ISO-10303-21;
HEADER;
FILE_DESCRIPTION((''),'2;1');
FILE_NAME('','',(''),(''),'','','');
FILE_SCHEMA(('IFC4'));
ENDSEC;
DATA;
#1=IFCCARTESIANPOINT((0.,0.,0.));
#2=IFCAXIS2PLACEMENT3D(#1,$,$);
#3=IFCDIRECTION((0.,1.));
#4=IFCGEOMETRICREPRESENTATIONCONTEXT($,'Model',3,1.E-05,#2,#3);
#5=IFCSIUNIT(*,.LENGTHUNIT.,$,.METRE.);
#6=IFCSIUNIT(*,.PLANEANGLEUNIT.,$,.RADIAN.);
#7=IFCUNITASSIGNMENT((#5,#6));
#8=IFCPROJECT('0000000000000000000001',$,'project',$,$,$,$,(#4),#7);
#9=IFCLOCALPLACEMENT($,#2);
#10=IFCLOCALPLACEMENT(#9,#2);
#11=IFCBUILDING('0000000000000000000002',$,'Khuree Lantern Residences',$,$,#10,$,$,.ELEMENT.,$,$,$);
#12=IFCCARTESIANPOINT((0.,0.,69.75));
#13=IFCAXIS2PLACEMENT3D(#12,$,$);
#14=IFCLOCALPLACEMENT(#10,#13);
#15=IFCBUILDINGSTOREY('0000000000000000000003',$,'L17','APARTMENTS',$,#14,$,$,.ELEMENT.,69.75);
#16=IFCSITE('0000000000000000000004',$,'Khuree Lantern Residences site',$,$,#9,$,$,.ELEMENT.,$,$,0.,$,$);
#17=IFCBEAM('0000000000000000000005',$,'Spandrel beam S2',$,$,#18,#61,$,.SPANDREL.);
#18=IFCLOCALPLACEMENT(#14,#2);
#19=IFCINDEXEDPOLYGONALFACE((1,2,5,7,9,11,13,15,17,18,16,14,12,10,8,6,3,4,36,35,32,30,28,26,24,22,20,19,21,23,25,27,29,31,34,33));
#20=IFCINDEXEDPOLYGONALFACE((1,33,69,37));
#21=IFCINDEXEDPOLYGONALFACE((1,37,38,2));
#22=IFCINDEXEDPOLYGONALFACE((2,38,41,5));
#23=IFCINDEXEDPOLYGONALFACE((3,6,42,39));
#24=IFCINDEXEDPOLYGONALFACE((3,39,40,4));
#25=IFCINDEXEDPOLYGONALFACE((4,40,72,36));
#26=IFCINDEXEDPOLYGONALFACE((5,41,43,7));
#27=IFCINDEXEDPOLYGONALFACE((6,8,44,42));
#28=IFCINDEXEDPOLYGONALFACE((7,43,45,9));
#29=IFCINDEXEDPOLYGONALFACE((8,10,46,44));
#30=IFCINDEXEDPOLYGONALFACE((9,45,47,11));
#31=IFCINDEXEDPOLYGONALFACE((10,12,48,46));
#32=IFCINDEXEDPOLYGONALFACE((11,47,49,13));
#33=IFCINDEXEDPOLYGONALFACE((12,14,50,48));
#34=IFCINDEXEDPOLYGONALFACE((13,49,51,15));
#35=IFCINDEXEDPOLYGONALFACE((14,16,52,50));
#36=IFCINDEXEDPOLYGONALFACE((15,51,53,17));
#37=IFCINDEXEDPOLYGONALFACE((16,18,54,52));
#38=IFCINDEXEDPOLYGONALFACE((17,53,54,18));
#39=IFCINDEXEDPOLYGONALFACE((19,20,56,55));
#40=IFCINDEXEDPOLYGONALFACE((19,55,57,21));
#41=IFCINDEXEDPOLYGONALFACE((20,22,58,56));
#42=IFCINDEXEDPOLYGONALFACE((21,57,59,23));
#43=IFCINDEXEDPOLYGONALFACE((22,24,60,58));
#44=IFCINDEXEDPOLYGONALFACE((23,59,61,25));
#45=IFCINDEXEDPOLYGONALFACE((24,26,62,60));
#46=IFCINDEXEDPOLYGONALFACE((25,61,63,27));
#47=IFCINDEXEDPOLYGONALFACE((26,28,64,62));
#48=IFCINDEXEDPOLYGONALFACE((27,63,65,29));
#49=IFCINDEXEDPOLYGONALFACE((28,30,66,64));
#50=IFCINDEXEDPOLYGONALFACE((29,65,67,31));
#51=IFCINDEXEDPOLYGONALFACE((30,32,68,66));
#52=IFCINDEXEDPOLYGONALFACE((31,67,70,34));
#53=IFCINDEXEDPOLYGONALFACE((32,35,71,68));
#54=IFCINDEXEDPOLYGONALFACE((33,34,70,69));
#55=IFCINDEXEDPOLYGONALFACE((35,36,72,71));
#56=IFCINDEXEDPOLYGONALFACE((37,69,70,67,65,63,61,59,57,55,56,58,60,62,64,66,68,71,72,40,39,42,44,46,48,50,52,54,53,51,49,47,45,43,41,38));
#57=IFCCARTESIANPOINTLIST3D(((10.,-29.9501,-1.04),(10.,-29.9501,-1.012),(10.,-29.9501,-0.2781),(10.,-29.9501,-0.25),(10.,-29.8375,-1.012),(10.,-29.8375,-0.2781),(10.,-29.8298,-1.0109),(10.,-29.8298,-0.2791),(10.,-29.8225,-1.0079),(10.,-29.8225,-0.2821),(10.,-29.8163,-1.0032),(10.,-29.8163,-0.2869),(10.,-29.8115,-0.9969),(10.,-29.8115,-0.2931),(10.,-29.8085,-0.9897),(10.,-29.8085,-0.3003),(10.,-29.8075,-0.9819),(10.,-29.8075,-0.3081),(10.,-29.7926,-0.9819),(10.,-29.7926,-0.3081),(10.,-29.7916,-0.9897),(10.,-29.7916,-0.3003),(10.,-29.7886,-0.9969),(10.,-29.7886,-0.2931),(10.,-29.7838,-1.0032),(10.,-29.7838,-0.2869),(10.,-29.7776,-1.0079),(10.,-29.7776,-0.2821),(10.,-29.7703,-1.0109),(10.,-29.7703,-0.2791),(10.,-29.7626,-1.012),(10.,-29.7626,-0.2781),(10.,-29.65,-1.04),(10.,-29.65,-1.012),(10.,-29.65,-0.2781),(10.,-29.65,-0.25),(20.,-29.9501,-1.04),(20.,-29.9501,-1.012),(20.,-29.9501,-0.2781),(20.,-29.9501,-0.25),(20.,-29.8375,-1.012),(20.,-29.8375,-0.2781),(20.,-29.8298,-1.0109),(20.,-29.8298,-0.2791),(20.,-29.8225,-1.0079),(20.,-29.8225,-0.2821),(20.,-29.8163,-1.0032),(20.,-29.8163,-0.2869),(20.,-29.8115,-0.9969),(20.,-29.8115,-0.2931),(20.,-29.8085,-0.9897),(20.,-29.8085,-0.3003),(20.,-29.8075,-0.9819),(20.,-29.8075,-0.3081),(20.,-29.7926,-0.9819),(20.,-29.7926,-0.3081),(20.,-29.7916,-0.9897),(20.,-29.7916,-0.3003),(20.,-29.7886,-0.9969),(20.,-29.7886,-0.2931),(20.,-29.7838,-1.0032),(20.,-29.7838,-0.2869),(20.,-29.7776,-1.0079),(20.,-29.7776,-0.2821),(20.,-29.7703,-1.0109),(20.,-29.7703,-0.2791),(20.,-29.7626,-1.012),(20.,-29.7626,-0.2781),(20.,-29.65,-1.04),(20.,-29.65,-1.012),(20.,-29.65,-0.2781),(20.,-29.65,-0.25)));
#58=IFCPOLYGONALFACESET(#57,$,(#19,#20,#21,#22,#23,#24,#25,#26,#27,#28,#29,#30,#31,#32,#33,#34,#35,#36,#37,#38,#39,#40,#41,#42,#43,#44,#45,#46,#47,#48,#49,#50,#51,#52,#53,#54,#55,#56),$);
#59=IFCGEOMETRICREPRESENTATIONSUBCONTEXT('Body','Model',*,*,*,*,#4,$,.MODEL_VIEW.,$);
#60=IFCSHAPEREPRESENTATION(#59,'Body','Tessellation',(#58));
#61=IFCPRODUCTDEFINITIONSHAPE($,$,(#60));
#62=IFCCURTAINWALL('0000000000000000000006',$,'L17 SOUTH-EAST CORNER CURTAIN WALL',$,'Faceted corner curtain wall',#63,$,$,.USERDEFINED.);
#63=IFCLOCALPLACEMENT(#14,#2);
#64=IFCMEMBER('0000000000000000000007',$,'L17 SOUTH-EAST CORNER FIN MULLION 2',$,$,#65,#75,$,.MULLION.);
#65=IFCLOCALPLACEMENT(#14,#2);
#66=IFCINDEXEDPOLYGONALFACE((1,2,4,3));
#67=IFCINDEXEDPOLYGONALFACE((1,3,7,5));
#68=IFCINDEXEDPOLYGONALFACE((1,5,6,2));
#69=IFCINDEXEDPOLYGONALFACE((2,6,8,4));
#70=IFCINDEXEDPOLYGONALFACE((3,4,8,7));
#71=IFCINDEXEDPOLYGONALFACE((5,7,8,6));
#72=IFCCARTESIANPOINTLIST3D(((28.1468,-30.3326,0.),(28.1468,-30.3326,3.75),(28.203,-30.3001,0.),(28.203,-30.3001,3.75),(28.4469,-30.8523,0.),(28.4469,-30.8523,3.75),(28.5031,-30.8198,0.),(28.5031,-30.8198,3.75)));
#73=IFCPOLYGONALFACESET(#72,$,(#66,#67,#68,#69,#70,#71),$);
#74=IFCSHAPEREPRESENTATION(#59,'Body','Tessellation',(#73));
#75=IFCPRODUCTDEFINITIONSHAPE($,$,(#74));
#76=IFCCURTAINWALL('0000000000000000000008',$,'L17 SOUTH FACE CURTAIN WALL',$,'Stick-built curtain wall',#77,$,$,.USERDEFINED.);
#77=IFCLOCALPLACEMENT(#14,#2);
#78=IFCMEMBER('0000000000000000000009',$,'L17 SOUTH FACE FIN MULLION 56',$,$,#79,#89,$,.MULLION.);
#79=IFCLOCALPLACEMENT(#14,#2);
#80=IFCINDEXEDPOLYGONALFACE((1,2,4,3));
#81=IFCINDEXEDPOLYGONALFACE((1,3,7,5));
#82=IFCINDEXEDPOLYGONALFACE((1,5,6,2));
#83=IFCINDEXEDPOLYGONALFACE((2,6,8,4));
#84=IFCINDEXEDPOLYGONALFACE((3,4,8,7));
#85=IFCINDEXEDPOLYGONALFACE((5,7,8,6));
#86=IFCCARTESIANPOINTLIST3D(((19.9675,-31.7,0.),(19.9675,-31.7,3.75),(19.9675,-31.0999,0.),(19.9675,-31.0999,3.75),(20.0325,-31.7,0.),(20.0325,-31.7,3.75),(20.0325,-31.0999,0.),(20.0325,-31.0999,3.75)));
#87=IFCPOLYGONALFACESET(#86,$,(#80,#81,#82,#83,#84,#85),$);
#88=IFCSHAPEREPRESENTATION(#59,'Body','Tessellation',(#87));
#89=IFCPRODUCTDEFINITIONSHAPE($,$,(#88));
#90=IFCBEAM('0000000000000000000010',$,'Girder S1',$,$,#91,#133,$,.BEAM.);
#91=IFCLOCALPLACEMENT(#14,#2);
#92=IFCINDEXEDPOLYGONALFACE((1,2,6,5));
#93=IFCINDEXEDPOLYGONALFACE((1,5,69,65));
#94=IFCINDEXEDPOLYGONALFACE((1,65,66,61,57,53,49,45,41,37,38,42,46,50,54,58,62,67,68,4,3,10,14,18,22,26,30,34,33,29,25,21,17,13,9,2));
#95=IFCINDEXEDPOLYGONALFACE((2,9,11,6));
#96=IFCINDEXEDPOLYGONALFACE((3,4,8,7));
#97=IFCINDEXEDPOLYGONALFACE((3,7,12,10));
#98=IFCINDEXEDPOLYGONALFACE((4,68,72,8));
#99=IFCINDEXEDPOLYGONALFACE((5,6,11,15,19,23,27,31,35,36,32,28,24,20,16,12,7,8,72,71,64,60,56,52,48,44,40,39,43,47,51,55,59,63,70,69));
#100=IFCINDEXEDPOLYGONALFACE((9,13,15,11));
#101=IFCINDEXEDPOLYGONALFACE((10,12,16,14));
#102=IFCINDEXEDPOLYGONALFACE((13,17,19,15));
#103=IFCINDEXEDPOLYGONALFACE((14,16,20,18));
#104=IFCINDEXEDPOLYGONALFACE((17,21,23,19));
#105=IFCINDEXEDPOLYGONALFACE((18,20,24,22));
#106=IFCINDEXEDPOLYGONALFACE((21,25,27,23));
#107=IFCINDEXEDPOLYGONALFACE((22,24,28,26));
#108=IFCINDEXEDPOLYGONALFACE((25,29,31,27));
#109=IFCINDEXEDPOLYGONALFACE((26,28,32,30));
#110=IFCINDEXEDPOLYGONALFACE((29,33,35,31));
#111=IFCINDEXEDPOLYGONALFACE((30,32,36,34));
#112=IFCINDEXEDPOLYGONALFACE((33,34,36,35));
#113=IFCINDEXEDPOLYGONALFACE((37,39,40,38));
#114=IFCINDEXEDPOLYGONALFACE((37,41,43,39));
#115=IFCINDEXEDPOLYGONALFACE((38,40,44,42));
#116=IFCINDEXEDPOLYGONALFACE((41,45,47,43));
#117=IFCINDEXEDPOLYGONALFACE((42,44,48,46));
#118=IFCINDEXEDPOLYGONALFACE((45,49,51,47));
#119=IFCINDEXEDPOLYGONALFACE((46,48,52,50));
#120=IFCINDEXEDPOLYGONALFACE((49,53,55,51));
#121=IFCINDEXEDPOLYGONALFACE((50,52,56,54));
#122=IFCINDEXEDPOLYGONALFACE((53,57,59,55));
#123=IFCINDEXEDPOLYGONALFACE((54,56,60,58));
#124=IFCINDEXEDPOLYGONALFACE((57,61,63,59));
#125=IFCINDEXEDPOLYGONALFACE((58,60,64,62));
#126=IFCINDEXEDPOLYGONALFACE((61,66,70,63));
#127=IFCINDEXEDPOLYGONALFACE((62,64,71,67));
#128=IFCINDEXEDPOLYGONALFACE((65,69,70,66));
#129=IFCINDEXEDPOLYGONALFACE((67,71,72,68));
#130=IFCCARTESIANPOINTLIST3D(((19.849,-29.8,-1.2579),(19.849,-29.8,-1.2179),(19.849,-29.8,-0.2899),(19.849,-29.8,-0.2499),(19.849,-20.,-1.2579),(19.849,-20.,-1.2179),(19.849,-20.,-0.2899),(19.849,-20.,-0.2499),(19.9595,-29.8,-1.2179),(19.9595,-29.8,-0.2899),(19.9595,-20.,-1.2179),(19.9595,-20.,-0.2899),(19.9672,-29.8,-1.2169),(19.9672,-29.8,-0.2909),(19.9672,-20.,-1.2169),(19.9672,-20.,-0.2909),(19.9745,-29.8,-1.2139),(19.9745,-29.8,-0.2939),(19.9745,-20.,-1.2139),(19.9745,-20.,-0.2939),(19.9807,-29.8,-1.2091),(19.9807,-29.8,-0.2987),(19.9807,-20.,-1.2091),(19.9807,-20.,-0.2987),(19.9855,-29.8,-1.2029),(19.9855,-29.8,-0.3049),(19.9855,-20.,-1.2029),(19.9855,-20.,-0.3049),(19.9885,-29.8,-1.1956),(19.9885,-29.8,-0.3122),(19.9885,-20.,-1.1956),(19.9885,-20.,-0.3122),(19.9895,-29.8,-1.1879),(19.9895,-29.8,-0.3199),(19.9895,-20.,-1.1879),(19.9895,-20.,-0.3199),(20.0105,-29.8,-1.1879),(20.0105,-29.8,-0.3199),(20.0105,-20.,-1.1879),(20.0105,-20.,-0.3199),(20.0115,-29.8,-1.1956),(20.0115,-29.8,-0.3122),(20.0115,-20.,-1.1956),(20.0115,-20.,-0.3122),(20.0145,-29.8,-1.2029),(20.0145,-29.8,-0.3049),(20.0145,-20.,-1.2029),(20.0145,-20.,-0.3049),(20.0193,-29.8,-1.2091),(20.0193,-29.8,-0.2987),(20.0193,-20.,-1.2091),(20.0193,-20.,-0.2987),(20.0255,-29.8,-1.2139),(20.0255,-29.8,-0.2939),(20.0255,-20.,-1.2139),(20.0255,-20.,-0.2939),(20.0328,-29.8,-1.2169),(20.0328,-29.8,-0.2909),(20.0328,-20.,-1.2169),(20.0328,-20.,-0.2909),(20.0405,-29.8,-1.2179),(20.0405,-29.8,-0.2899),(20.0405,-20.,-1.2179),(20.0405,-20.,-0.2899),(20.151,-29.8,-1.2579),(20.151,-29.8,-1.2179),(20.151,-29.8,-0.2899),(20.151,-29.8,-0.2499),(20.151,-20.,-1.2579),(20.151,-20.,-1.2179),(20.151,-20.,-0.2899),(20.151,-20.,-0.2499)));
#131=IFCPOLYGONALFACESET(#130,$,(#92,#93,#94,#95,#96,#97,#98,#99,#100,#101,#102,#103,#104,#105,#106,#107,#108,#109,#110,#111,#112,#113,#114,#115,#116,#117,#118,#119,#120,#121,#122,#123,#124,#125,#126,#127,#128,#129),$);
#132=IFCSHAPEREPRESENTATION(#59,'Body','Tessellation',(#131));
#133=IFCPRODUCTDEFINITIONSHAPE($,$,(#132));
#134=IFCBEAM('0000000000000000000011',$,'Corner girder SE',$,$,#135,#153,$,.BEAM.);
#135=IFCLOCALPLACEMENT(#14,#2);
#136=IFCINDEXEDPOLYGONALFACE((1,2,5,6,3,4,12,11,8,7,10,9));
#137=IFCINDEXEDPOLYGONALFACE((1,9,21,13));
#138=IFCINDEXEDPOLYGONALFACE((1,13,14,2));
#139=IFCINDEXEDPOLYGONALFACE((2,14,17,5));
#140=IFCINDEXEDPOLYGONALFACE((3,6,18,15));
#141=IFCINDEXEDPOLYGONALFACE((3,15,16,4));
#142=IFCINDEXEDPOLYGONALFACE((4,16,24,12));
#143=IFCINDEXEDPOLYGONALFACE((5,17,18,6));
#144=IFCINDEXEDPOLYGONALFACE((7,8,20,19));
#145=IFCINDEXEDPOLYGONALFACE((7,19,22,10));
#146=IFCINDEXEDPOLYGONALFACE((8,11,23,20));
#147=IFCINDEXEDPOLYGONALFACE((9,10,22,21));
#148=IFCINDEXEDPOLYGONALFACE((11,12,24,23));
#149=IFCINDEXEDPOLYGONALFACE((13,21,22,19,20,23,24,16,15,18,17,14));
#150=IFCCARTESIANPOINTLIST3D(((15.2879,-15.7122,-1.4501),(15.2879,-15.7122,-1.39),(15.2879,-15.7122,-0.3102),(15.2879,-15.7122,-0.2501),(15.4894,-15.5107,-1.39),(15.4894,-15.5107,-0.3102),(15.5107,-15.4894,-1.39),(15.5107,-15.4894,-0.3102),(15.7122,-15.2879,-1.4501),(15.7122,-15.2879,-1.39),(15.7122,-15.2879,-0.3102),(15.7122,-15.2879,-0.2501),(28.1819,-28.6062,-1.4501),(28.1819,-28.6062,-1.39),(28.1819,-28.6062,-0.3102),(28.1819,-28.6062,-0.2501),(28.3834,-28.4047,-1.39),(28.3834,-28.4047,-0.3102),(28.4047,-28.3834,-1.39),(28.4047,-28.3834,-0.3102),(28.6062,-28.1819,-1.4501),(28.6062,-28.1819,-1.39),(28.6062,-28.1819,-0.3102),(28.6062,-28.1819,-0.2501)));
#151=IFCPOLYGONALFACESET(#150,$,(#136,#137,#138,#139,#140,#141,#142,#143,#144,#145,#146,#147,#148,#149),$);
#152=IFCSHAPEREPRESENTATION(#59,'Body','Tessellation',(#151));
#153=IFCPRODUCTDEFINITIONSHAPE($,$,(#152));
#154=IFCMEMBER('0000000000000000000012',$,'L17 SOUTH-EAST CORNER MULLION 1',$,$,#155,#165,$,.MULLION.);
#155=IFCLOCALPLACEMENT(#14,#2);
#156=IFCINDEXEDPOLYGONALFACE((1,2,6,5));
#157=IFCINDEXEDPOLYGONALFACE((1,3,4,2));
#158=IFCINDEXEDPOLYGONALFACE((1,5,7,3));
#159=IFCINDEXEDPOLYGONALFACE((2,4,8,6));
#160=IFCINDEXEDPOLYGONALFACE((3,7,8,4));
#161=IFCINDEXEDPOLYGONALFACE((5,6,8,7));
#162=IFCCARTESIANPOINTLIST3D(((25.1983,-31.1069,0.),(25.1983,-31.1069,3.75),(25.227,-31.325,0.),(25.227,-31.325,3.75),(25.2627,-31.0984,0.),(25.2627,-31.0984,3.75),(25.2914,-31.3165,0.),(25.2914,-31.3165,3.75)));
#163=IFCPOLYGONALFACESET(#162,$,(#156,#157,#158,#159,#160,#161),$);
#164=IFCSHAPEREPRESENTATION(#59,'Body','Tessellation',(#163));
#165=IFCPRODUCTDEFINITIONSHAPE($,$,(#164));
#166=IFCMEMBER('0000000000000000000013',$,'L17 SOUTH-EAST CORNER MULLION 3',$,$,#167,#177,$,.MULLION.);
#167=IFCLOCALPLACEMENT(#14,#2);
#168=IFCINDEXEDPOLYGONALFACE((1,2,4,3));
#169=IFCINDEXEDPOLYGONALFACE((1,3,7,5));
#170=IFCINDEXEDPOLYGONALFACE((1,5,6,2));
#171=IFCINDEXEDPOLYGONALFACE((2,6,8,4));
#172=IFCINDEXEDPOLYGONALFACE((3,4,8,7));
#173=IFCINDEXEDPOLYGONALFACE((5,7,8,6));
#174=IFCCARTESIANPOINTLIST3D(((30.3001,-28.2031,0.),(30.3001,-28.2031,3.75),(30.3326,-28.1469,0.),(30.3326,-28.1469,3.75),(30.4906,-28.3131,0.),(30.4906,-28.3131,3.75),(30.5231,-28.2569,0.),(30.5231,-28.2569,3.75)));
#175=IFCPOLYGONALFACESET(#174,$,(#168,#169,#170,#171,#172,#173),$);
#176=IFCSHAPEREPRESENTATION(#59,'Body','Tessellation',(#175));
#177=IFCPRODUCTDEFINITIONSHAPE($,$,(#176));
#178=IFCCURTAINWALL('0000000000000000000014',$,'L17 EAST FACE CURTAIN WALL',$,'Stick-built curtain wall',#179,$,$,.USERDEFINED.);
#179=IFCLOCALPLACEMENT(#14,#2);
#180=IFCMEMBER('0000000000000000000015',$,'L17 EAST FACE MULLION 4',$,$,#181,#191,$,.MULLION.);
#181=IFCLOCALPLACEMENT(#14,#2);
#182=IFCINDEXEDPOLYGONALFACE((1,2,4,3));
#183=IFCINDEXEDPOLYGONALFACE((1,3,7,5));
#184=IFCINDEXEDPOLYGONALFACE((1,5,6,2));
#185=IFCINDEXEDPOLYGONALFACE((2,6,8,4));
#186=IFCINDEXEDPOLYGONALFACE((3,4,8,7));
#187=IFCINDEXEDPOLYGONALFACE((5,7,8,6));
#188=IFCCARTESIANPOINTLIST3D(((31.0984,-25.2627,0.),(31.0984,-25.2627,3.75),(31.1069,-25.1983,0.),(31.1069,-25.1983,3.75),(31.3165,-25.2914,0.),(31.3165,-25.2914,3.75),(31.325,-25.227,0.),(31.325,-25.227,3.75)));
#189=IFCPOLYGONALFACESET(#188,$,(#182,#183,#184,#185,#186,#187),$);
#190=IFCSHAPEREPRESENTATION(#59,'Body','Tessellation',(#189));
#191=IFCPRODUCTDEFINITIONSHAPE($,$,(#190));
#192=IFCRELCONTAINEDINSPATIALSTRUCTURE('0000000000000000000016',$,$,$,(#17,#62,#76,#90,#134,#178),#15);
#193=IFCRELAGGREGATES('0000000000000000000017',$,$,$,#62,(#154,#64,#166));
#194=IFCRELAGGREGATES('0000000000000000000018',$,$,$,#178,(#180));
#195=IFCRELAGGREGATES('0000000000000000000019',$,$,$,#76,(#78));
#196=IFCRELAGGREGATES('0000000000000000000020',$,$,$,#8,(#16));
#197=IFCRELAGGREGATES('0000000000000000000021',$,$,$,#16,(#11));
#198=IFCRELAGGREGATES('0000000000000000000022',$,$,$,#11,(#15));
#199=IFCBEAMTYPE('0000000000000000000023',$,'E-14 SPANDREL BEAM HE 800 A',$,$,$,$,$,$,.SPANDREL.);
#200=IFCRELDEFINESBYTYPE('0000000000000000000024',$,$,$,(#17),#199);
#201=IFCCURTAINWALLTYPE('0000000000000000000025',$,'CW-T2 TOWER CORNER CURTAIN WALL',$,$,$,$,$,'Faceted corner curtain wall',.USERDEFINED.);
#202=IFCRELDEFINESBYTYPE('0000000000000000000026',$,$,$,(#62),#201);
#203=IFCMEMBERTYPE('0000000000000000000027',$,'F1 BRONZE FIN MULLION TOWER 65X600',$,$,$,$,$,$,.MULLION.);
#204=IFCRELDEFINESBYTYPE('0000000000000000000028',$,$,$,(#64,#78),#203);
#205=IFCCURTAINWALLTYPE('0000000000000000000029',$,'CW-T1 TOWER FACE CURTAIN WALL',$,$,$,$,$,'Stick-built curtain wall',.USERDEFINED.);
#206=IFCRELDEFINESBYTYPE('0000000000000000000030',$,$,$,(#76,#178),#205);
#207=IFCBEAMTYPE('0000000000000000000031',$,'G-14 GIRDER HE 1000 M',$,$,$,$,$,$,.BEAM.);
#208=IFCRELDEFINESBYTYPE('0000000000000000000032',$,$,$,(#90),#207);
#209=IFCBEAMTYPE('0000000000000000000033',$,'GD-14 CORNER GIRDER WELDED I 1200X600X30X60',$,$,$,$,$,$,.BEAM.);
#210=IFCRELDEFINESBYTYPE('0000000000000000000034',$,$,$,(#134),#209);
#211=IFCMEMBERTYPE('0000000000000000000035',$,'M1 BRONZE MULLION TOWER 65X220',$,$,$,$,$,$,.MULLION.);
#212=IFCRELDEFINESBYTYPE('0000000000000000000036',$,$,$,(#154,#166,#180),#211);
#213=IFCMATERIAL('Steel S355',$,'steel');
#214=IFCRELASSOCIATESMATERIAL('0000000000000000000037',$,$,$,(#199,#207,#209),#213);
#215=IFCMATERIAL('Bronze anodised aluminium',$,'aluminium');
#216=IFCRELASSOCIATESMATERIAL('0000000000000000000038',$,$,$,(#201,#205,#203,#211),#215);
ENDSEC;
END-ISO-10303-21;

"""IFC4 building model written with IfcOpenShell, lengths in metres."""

from ifc_helpers import new_model, si_unit, direction, frame, origin, origin_2d, place, context, subcontext, project, spatial, rectangle, i_section, extrude, material, material_profile, profile_set, type_object, element, aggregate, save


model = new_model("IFC4")

# Units and contexts
model_context = context("Model", 3, precision=1e-05, world=origin(), true_north=direction((0.0, 1.0)))
body_context = subcontext(model_context, "Body", "Model", "MODEL_VIEW")
ifc_project = project(units=[si_unit("LENGTHUNIT", "METRE"), si_unit("PLANEANGLEUNIT", "RADIAN")], contexts=[model_context])

# Site, building, storey
site_placement = place(None, origin())
site = spatial("IfcSite", under=ifc_project, at=site_placement, Name="Khuree Lantern Residences site", CompositionType="ELEMENT", RefElevation=0.0)
building_placement = place(site_placement, origin())
building = spatial("IfcBuilding", under=site, at=building_placement, Name="Khuree Lantern Residences", CompositionType="ELEMENT")
storey_placement = place(building_placement, frame((0.0, 0.0, 69.75)))
storey = spatial("IfcBuildingStorey", under=building, at=storey_placement, Name="L17", Description="APARTMENTS", CompositionType="ELEMENT", Elevation=69.75)

# Beam
ifc_material_1 = material(Name="Steel S355", Category="steel")
ifc_material_profile_1 = material_profile(ifc_material_1, i_section(OverallWidth=0.3, OverallDepth=0.79, WebThickness=0.0149, FlangeThickness=0.0281, FilletRadius=0.03, at=origin_2d()), Name="HE 800 A")
ifc_profile_set_1 = profile_set([ifc_material_profile_1], Name="Steel S355")
beam_type_1 = type_object("IfcBeamType", Name="E-14 SPANDREL BEAM HE 800 A", PredefinedType="SPANDREL", material=ifc_profile_set_1)
beam_1_placement = place(storey_placement, frame((20.0, -29.8, -0.645), z_axis=(-1.0, 0.0, 0.0), x_axis=(0.0, -1.0, 0.0)))
element("IfcBeam", 1, at=beam_1_placement, inside=storey, type_object=beam_type_1, Name="Spandrel beam S2", PredefinedType="SPANDREL", context=body_context, shape_type="SweptSolid", body=[
    extrude(i_section(OverallWidth=0.3, OverallDepth=0.79, WebThickness=0.0149, FlangeThickness=0.0281, FilletRadius=0.03, at=origin_2d()), origin(), (0.0, 0.0, 1.0), 10.0),
])

# Curtain walls, members
ifc_material_2 = material(Name="Bronze anodised aluminium", Category="aluminium")
curtain_wall_type_1 = type_object("IfcCurtainWallType", Name="CW-T2 TOWER CORNER CURTAIN WALL", ElementType="Faceted corner curtain wall", PredefinedType="USERDEFINED", material=ifc_material_2)
curtain_wall_1_placement = place(storey_placement, origin())
curtain_wall_1 = element("IfcCurtainWall", 2, at=curtain_wall_1_placement, inside=storey, type_object=curtain_wall_type_1, Name="L17 SOUTH-EAST CORNER CURTAIN WALL", ObjectType="Faceted corner curtain wall", PredefinedType="USERDEFINED")
ifc_material_profile_2 = material_profile(ifc_material_2, rectangle(XDim=0.0649, YDim=0.6001, at=origin_2d()), Name="F1 65X600")
ifc_profile_set_2 = profile_set([ifc_material_profile_2], Name="Bronze anodised aluminium")
member_type_1 = type_object("IfcMemberType", Name="F1 BRONZE FIN MULLION TOWER 65X600", PredefinedType="MULLION", material=ifc_profile_set_2)
member_1_placement = place(storey_placement, frame((28.325, -30.5762, 0.0), z_axis=(0.0, 0.0, 1.0), x_axis=(0.866025, 0.5, 0.0)))
member_1 = element("IfcMember", 3, at=member_1_placement, type_object=member_type_1, Name="L17 SOUTH-EAST CORNER FIN MULLION 2", PredefinedType="MULLION", context=body_context, shape_type="SweptSolid", body=[
    extrude(rectangle(XDim=0.0649, YDim=0.6001, at=origin_2d()), origin(), (0.0, 0.0, 1.0), 3.75),
])
curtain_wall_type_2 = type_object("IfcCurtainWallType", Name="CW-T1 TOWER FACE CURTAIN WALL", ElementType="Stick-built curtain wall", PredefinedType="USERDEFINED", material=ifc_material_2)
curtain_wall_2_placement = place(storey_placement, origin())
curtain_wall_2 = element("IfcCurtainWall", 4, at=curtain_wall_2_placement, inside=storey, type_object=curtain_wall_type_2, Name="L17 SOUTH FACE CURTAIN WALL", ObjectType="Stick-built curtain wall", PredefinedType="USERDEFINED")
member_2_placement = place(storey_placement, frame((20.0, -31.3999, 0.0), z_axis=(0.0, 0.0, 1.0), x_axis=(1.0, 0.0, 0.0)))
member_2 = element("IfcMember", 5, at=member_2_placement, type_object=member_type_1, Name="L17 SOUTH FACE FIN MULLION 56", PredefinedType="MULLION", context=body_context, shape_type="SweptSolid", body=[
    extrude(rectangle(XDim=0.0649, YDim=0.6001, at=origin_2d()), origin(), (0.0, 0.0, 1.0), 3.75),
])

# Beams
ifc_material_profile_3 = material_profile(ifc_material_1, i_section(OverallWidth=0.302, OverallDepth=1.0081, WebThickness=0.021, FlangeThickness=0.04, FilletRadius=0.03, at=origin_2d()), Name="HE 1000 M")
ifc_profile_set_3 = profile_set([ifc_material_profile_3], Name="Steel S355")
beam_type_2 = type_object("IfcBeamType", Name="G-14 GIRDER HE 1000 M", PredefinedType="BEAM", material=ifc_profile_set_3)
beam_2_placement = place(storey_placement, frame((20.0, -29.8, -0.7539), z_axis=(0.0, 1.0, 0.0), x_axis=(-1.0, 0.0, 0.0)))
element("IfcBeam", 6, at=beam_2_placement, inside=storey, type_object=beam_type_2, Name="Girder S1", PredefinedType="BEAM", context=body_context, shape_type="SweptSolid", body=[
    extrude(i_section(OverallWidth=0.302, OverallDepth=1.0081, WebThickness=0.021, FlangeThickness=0.04, FilletRadius=0.03, at=origin_2d()), origin(), (0.0, 0.0, 1.0), 9.8),
])
ifc_material_profile_4 = material_profile(ifc_material_1, i_section(OverallWidth=0.6001, OverallDepth=1.2, WebThickness=0.03, FlangeThickness=0.0601, at=origin_2d()), Name="WELDED I 1200X600X30X60")
ifc_profile_set_4 = profile_set([ifc_material_profile_4], Name="Steel S355")
beam_type_3 = type_object("IfcBeamType", Name="GD-14 CORNER GIRDER WELDED I 1200X600X30X60", PredefinedType="BEAM", material=ifc_profile_set_4)
beam_3_placement = place(storey_placement, frame((28.394, -28.394, -0.8501), z_axis=(-0.707107, 0.707107, 0.0), x_axis=(-0.707107, -0.707107, 0.0)))
element("IfcBeam", 7, at=beam_3_placement, inside=storey, type_object=beam_type_3, Name="Corner girder SE", PredefinedType="BEAM", context=body_context, shape_type="SweptSolid", body=[
    extrude(i_section(OverallWidth=0.6001, OverallDepth=1.2, WebThickness=0.03, FlangeThickness=0.0601, at=origin_2d()), origin(), (0.0, 0.0, 1.0), 18.2349),
])

# Members
ifc_material_profile_5 = material_profile(ifc_material_2, rectangle(XDim=0.0649, YDim=0.22, at=origin_2d()), Name="M1 65X220")
ifc_profile_set_5 = profile_set([ifc_material_profile_5], Name="Bronze anodised aluminium")
member_type_2 = type_object("IfcMemberType", Name="M1 BRONZE MULLION TOWER 65X220", PredefinedType="MULLION", material=ifc_profile_set_5)
member_3_placement = place(storey_placement, frame((25.2449, -31.2117, 0.0), z_axis=(0.0, 0.0, 1.0), x_axis=(0.991445, 0.130526, 0.0)))
member_3 = element("IfcMember", 8, at=member_3_placement, type_object=member_type_2, Name="L17 SOUTH-EAST CORNER MULLION 1", PredefinedType="MULLION", context=body_context, shape_type="SweptSolid", body=[
    extrude(rectangle(XDim=0.0649, YDim=0.22, at=origin_2d()), origin(), (0.0, 0.0, 1.0), 3.75),
])
member_4_placement = place(storey_placement, frame((30.4116, -28.23, 0.0), z_axis=(0.0, 0.0, 1.0), x_axis=(0.5, 0.866025, 0.0)))
member_4 = element("IfcMember", 9, at=member_4_placement, type_object=member_type_2, Name="L17 SOUTH-EAST CORNER MULLION 3", PredefinedType="MULLION", context=body_context, shape_type="SweptSolid", body=[
    extrude(rectangle(XDim=0.0649, YDim=0.22, at=origin_2d()), origin(), (0.0, 0.0, 1.0), 3.75),
])

# Curtain wall, member
curtain_wall_3_placement = place(storey_placement, origin())
curtain_wall_3 = element("IfcCurtainWall", 10, at=curtain_wall_3_placement, inside=storey, type_object=curtain_wall_type_2, Name="L17 EAST FACE CURTAIN WALL", ObjectType="Stick-built curtain wall", PredefinedType="USERDEFINED")
member_5_placement = place(storey_placement, frame((31.2117, -25.2449, 0.0), z_axis=(0.0, 0.0, 1.0), x_axis=(0.130526, 0.991445, 0.0)))
member_5 = element("IfcMember", 11, at=member_5_placement, type_object=member_type_2, Name="L17 EAST FACE MULLION 4", PredefinedType="MULLION", context=body_context, shape_type="SweptSolid", body=[
    extrude(rectangle(XDim=0.0649, YDim=0.22, at=origin_2d()), origin(), (0.0, 0.0, 1.0), 3.75),
])

aggregate(curtain_wall_1, [member_3, member_1, member_4])
aggregate(curtain_wall_3, [member_5])
aggregate(curtain_wall_2, [member_2])

save(model, "model.ifc")
